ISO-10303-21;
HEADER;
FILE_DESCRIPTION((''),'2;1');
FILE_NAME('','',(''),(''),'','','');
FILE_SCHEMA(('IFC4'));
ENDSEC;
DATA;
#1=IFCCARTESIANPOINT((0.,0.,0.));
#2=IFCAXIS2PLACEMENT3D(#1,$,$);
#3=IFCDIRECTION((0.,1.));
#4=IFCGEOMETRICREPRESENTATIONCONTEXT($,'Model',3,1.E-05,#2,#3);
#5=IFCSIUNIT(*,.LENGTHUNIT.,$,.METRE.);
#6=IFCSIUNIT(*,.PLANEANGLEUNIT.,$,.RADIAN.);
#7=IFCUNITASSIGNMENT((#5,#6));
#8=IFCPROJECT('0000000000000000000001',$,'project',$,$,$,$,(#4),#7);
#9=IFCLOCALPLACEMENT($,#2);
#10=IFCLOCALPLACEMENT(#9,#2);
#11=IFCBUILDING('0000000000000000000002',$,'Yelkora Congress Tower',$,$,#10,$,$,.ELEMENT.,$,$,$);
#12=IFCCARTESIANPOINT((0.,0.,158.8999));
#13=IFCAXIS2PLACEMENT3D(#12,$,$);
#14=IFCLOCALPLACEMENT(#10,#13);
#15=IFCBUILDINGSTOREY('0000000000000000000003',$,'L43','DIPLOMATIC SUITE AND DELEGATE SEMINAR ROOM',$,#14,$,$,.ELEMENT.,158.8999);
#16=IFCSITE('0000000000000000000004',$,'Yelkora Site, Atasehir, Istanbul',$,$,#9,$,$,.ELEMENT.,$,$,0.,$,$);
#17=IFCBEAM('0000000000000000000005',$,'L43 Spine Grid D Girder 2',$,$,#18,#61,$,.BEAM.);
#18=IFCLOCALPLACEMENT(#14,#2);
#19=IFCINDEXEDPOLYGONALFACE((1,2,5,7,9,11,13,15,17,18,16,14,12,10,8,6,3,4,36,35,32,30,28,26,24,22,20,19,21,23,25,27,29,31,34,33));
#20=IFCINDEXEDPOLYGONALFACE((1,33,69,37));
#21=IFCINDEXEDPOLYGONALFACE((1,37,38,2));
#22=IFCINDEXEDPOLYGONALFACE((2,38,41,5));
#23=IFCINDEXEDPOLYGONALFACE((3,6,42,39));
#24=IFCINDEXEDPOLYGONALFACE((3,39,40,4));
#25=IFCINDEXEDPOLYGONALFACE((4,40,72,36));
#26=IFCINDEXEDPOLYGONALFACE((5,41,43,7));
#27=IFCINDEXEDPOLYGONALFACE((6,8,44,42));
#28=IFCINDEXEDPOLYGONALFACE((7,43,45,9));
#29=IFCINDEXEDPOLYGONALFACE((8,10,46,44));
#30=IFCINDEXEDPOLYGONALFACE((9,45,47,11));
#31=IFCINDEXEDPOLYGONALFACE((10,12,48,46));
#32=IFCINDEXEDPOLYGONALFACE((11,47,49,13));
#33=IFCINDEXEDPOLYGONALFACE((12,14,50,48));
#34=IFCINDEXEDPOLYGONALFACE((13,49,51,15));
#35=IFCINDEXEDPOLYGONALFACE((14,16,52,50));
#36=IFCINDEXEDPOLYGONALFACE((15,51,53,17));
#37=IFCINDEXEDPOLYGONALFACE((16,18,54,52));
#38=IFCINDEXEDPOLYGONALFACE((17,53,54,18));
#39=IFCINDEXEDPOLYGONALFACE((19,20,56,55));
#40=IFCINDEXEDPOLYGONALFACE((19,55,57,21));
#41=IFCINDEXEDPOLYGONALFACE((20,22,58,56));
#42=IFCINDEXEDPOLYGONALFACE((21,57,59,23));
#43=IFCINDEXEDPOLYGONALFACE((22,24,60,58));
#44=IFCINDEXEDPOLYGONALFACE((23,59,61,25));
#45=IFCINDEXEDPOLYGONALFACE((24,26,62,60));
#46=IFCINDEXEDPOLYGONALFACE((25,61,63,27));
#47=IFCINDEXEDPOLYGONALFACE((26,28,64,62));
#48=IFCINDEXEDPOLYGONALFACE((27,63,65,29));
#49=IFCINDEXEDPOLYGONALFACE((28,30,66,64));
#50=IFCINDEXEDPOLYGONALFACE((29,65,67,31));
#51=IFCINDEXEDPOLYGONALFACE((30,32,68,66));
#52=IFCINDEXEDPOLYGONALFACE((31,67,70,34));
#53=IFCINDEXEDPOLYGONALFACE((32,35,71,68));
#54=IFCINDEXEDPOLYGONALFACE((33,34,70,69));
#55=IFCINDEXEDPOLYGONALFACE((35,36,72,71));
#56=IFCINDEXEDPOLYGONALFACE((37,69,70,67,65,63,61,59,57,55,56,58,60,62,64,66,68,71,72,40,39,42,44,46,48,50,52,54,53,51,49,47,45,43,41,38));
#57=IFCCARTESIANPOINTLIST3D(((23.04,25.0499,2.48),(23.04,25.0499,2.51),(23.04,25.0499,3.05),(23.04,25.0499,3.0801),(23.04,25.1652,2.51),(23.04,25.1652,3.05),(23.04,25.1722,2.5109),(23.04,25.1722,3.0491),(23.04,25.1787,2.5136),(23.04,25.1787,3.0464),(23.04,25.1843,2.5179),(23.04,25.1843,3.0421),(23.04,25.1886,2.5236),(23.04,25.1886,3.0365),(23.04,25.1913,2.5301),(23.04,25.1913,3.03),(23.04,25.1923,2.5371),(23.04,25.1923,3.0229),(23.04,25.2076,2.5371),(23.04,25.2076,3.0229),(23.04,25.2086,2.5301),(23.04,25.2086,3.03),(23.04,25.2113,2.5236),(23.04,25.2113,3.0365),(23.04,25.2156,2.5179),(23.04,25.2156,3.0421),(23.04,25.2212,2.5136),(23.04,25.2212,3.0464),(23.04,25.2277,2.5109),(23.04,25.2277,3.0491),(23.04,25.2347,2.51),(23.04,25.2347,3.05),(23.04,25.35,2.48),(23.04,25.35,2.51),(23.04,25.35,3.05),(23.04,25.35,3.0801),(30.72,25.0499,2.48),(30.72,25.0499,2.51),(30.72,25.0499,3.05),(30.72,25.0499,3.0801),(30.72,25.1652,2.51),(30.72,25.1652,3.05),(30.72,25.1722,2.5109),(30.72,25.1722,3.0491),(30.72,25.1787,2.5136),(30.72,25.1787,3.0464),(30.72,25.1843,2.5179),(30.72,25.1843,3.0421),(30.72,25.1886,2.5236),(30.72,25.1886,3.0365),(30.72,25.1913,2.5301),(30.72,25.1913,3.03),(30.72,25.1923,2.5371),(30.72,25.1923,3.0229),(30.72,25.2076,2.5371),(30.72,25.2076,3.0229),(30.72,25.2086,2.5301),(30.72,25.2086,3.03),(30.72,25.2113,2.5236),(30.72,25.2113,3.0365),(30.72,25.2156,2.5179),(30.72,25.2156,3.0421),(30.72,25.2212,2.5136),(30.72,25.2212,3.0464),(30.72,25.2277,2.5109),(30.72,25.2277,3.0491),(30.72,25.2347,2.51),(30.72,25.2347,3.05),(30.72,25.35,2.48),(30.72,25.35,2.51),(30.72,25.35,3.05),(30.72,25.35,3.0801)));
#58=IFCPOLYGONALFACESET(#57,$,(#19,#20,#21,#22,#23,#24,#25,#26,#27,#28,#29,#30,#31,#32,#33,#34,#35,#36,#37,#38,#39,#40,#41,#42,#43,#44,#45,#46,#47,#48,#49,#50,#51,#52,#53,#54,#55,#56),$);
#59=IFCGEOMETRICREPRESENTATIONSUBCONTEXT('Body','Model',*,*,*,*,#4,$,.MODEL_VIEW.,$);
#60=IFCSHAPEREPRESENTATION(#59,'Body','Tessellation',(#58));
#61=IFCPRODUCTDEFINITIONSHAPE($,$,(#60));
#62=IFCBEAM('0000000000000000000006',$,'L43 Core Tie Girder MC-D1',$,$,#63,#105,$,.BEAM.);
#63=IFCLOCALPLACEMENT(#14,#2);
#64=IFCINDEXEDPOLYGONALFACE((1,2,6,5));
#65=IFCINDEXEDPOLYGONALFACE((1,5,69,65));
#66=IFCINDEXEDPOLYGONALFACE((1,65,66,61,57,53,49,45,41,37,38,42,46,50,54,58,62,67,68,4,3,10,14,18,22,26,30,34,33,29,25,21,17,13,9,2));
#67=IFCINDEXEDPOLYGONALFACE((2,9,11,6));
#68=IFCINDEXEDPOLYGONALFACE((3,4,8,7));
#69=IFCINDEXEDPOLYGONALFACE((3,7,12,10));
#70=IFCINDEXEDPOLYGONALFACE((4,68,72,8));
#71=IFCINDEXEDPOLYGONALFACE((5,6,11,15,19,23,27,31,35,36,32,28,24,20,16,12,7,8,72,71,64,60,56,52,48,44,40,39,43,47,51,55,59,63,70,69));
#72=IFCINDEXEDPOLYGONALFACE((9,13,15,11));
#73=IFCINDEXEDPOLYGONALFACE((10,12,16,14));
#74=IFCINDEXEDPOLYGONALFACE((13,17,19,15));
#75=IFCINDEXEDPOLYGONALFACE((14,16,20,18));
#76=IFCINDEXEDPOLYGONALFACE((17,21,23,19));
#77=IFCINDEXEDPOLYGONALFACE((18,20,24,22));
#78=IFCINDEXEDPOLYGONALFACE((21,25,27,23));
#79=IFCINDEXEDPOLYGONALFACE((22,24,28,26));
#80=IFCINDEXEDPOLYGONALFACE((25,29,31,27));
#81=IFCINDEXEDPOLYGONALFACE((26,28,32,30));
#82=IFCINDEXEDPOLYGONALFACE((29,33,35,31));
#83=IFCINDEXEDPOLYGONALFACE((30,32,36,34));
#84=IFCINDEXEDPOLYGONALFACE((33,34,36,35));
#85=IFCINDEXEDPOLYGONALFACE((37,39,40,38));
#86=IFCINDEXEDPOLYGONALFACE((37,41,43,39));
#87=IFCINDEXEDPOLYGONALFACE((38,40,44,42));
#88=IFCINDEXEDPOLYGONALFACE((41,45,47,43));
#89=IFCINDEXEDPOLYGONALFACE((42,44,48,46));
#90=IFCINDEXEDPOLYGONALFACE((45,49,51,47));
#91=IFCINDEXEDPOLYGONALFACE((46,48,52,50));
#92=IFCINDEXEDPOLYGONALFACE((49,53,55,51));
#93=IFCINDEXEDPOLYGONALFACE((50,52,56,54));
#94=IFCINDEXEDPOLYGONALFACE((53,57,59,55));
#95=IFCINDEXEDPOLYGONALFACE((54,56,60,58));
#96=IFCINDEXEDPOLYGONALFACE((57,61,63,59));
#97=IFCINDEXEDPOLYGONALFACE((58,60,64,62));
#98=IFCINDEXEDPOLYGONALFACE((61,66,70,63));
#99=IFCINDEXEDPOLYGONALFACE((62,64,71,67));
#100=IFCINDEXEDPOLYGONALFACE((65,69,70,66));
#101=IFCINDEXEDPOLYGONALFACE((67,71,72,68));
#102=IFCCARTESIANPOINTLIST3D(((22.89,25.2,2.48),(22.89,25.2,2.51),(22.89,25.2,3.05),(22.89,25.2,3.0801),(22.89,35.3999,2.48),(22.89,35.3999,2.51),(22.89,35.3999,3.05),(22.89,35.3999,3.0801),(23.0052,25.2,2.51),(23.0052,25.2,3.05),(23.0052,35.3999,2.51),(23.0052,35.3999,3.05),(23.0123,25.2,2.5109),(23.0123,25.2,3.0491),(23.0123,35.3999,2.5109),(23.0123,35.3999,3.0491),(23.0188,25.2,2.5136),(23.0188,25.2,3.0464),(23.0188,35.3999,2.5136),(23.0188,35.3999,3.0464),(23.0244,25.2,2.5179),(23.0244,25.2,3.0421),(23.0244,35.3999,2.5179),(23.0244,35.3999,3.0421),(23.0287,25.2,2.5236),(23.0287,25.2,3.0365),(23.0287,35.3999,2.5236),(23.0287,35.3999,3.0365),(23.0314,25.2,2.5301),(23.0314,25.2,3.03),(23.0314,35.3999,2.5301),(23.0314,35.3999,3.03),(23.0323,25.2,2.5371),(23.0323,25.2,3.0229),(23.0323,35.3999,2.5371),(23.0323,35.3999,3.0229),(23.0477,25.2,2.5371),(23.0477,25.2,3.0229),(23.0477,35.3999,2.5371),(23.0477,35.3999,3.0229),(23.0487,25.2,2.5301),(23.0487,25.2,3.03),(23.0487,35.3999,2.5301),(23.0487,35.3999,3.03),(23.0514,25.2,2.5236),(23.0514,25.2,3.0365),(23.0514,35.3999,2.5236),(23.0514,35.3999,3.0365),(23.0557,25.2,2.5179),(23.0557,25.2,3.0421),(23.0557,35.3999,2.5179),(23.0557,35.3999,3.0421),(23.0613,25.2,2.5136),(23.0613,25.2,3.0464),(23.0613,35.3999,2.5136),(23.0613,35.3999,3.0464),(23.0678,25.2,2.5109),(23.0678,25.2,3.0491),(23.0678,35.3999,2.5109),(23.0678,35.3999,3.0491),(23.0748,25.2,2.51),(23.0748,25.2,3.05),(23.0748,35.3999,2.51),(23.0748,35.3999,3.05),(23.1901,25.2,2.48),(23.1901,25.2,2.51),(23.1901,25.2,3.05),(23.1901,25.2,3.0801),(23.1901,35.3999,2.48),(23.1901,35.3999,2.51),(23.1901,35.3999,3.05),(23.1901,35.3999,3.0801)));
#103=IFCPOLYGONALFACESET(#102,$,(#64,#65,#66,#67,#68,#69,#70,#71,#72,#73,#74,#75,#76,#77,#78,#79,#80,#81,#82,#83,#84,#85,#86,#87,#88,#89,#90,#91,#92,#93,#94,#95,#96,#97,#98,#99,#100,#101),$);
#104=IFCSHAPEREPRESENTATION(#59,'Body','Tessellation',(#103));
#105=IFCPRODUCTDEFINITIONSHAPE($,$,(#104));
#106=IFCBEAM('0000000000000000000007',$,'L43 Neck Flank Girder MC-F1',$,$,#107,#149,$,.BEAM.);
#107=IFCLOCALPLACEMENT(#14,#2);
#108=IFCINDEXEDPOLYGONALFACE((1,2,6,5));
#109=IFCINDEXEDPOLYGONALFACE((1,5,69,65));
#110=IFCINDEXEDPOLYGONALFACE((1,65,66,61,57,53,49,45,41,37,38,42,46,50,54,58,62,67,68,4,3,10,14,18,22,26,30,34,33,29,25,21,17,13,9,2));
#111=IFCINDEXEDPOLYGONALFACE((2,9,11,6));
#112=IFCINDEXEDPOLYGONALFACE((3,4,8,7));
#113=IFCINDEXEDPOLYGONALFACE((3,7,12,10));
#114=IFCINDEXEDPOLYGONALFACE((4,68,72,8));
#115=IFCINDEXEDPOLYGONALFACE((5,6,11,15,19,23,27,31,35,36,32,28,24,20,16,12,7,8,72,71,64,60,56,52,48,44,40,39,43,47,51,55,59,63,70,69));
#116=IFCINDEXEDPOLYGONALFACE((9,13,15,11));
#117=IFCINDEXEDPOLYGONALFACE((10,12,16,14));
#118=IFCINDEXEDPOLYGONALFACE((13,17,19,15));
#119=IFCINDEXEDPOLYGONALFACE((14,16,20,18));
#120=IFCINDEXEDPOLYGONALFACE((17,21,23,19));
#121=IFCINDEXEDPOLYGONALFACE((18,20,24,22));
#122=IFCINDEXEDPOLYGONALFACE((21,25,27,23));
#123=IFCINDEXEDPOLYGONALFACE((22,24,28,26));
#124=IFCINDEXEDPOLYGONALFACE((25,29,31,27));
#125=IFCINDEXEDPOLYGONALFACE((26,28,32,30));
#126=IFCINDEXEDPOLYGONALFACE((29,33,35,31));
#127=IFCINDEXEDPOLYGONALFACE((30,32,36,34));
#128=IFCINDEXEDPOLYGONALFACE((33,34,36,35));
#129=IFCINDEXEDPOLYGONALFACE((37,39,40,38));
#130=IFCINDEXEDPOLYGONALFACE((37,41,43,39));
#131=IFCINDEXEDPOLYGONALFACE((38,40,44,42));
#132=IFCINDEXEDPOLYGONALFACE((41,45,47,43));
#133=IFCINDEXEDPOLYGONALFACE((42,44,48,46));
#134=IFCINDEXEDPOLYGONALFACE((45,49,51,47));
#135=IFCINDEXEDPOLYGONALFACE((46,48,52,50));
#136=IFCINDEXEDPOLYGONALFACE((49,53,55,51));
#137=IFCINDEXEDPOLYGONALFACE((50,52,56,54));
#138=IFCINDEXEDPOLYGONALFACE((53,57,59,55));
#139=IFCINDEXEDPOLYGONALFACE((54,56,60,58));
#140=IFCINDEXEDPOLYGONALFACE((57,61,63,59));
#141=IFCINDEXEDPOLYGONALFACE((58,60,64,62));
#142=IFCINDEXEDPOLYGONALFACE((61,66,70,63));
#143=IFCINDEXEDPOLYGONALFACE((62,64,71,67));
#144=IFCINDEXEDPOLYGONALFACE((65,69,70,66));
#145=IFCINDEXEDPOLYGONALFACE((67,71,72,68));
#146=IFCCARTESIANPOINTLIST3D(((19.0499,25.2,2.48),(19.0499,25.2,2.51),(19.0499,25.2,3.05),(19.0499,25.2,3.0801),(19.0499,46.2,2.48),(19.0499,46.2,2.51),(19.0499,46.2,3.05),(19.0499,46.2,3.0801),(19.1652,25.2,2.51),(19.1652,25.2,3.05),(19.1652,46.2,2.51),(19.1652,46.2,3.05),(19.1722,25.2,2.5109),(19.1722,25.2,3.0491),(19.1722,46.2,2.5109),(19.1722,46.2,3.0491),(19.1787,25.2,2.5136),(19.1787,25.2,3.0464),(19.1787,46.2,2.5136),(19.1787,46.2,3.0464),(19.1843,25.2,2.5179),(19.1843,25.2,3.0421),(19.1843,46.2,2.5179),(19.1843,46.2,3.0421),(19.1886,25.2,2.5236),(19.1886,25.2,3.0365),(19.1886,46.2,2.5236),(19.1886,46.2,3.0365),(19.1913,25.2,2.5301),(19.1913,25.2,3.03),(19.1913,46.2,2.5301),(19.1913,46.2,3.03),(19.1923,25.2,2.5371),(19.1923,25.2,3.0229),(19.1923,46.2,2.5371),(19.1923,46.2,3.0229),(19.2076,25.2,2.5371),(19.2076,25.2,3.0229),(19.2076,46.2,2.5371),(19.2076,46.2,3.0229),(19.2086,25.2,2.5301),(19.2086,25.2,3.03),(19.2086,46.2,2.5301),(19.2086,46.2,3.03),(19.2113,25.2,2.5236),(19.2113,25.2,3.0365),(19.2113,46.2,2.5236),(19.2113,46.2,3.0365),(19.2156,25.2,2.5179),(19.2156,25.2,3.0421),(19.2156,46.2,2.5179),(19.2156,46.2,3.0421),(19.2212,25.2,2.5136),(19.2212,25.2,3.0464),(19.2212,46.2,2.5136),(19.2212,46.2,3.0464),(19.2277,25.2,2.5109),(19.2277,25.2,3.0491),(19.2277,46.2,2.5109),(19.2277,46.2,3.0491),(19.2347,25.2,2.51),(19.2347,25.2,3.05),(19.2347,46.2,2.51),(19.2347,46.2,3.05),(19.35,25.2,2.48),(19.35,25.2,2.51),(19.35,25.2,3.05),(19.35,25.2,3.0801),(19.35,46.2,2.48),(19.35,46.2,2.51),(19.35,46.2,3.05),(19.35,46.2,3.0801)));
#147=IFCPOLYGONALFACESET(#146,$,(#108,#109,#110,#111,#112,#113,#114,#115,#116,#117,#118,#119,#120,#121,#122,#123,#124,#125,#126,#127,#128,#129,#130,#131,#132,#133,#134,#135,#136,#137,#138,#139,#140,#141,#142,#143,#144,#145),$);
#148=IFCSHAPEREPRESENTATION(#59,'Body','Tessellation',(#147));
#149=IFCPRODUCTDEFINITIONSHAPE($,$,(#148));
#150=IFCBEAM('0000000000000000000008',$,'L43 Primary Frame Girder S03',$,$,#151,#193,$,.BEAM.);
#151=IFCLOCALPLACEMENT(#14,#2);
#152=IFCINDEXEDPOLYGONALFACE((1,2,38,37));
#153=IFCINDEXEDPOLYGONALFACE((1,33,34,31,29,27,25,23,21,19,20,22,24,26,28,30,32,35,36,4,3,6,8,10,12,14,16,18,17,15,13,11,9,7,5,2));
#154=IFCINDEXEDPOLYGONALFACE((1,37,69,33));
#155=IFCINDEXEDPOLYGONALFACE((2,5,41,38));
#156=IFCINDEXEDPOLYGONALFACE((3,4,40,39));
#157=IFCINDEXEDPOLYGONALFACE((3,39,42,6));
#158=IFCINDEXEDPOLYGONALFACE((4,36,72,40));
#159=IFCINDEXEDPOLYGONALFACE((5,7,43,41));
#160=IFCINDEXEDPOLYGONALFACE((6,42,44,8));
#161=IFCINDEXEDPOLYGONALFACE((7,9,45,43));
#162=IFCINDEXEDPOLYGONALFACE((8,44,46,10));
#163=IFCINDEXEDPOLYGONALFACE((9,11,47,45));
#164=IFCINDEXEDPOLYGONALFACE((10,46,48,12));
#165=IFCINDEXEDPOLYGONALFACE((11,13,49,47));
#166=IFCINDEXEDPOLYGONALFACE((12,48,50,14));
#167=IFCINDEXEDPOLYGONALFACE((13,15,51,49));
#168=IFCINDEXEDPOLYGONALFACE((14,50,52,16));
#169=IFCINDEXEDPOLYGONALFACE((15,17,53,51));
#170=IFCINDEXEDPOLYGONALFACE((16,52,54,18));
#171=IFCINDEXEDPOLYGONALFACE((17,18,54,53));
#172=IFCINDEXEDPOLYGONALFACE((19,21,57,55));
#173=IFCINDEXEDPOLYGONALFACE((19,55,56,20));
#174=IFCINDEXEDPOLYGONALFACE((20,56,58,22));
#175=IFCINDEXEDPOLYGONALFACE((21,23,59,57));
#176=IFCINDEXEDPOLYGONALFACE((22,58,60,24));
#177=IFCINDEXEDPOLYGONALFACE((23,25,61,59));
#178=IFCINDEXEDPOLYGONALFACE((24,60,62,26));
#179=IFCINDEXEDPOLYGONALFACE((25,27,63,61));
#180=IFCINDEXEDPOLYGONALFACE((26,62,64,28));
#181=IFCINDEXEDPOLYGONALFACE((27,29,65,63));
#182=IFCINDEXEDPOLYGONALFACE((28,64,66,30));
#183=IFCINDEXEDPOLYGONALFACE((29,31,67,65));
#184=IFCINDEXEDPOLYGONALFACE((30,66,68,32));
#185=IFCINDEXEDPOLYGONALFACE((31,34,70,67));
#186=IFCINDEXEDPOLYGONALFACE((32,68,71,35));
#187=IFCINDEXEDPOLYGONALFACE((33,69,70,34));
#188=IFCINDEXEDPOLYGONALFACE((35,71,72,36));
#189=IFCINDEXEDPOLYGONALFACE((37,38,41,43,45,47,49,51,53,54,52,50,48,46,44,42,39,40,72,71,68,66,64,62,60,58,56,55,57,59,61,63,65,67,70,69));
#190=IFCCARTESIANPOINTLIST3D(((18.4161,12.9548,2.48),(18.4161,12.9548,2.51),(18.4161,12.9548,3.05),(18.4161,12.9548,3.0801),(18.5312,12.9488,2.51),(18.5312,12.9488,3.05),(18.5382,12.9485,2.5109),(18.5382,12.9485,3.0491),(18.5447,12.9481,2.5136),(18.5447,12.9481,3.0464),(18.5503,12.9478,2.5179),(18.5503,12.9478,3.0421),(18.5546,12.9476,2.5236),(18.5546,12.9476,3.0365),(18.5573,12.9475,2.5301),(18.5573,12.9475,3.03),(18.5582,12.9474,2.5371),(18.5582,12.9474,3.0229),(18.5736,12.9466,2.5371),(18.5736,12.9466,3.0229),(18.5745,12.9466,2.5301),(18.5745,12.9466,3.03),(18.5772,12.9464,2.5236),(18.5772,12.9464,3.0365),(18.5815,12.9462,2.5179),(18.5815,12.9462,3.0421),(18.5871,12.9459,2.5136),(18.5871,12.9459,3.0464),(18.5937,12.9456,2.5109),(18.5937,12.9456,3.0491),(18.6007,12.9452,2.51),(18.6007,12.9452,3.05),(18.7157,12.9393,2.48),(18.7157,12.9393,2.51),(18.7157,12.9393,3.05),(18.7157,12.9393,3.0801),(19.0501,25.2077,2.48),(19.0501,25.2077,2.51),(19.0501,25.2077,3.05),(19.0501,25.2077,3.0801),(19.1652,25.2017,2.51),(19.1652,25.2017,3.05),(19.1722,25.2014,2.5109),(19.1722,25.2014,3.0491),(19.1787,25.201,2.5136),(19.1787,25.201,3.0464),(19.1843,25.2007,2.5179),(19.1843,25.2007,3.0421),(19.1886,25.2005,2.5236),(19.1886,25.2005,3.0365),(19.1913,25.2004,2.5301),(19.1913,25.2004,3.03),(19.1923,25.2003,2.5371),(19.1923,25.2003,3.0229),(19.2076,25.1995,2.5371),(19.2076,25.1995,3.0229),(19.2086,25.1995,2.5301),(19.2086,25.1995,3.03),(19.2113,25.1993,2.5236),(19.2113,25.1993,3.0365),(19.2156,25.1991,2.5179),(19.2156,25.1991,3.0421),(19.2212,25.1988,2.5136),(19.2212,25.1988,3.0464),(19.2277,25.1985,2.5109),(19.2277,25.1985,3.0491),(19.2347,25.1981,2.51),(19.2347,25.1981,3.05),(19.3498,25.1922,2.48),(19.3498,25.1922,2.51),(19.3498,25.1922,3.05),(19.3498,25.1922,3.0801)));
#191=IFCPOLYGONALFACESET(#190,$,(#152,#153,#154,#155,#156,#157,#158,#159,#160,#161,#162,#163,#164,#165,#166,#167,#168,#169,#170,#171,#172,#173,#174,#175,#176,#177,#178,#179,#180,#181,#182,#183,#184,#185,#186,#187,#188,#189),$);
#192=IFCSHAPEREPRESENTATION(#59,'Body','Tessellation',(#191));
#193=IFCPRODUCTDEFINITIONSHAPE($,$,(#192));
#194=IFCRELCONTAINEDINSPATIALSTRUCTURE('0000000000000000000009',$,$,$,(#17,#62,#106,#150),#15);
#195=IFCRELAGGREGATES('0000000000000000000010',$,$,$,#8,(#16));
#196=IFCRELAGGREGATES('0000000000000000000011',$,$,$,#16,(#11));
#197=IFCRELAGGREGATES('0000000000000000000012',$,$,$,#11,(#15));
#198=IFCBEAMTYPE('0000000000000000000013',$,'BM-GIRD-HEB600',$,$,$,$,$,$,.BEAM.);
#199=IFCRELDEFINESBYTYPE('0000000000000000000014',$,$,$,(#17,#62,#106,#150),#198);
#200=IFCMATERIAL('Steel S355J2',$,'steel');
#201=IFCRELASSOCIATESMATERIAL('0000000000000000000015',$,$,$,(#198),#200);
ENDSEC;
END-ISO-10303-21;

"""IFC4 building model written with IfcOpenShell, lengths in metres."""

from ifc_helpers import new_model, si_unit, direction, frame, origin, origin_2d, place, context, subcontext, project, spatial, i_section, extrude, material, material_profile, profile_set, type_object, element, save


model = new_model("IFC4")

# Units and contexts
model_context = context("Model", 3, precision=1e-05, world=origin(), true_north=direction((0.0, 1.0)))
body_context = subcontext(model_context, "Body", "Model", "MODEL_VIEW")
ifc_project = project(units=[si_unit("LENGTHUNIT", "METRE"), si_unit("PLANEANGLEUNIT", "RADIAN")], contexts=[model_context])

# Site, building, storey
site_placement = place(None, origin())
site = spatial("IfcSite", under=ifc_project, at=site_placement, Name="Yelkora Site, Atasehir, Istanbul", CompositionType="ELEMENT", RefElevation=0.0)
building_placement = place(site_placement, origin())
building = spatial("IfcBuilding", under=site, at=building_placement, Name="Yelkora Congress Tower", CompositionType="ELEMENT")
storey_placement = place(building_placement, frame((0.0, 0.0, 158.8999)))
storey = spatial("IfcBuildingStorey", under=building, at=storey_placement, Name="L43", Description="DIPLOMATIC SUITE AND DELEGATE SEMINAR ROOM", CompositionType="ELEMENT", Elevation=158.8999)

# Beams
ifc_material_1 = material(Name="Steel S355J2", Category="steel")
ifc_material_profile_1 = material_profile(ifc_material_1, i_section(OverallWidth=0.3, OverallDepth=0.6001, WebThickness=0.0154, FlangeThickness=0.03, FilletRadius=0.0271, at=origin_2d()), Name="HEB 600")
ifc_profile_set_1 = profile_set([ifc_material_profile_1], Name="Steel S355J2")
beam_type_1 = type_object("IfcBeamType", Name="BM-GIRD-HEB600", PredefinedType="BEAM", material=ifc_profile_set_1)
beam_1_placement = place(storey_placement, frame((23.04, 25.2, 2.78), z_axis=(1.0, 0.0, 0.0), x_axis=(0.0, 1.0, 0.0)))
element("IfcBeam", 1, at=beam_1_placement, inside=storey, type_object=beam_type_1, Name="L43 Spine Grid D Girder 2", PredefinedType="BEAM", context=body_context, shape_type="SweptSolid", body=[
    extrude(i_section(OverallWidth=0.3, OverallDepth=0.6001, WebThickness=0.0154, FlangeThickness=0.03, FilletRadius=0.0271, at=origin_2d()), origin(), (0.0, 0.0, 1.0), 7.6799),
])
beam_2_placement = place(storey_placement, frame((23.04, 25.2, 2.78), z_axis=(0.0, 1.0, 0.0), x_axis=(-1.0, 0.0, 0.0)))
element("IfcBeam", 2, at=beam_2_placement, inside=storey, type_object=beam_type_1, Name="L43 Core Tie Girder MC-D1", PredefinedType="BEAM", context=body_context, shape_type="SweptSolid", body=[
    extrude(i_section(OverallWidth=0.3, OverallDepth=0.6001, WebThickness=0.0154, FlangeThickness=0.03, FilletRadius=0.0271, at=origin_2d()), origin(), (0.0, 0.0, 1.0), 10.2),
])
beam_3_placement = place(storey_placement, frame((19.2, 25.2, 2.78), z_axis=(0.0, 1.0, 0.0), x_axis=(-1.0, 0.0, 0.0)))
element("IfcBeam", 3, at=beam_3_placement, inside=storey, type_object=beam_type_1, Name="L43 Neck Flank Girder MC-F1", PredefinedType="BEAM", context=body_context, shape_type="SweptSolid", body=[
    extrude(i_section(OverallWidth=0.3, OverallDepth=0.6001, WebThickness=0.0154, FlangeThickness=0.03, FilletRadius=0.0271, at=origin_2d()), origin(), (0.0, 0.0, 1.0), 21.0),
])
beam_4_placement = place(storey_placement, frame((18.5659, 12.947, 2.78), z_axis=(0.051676, 0.998664, 0.0), x_axis=(-0.998664, 0.051676, 0.0)))
element("IfcBeam", 4, at=beam_4_placement, inside=storey, type_object=beam_type_1, Name="L43 Primary Frame Girder S03", PredefinedType="BEAM", context=body_context, shape_type="SweptSolid", body=[
    extrude(i_section(OverallWidth=0.3, OverallDepth=0.6001, WebThickness=0.0154, FlangeThickness=0.03, FilletRadius=0.0271, at=origin_2d()), origin(), (0.0, 0.0, 1.0), 12.2693),
])

save(model, "model.ifc")
